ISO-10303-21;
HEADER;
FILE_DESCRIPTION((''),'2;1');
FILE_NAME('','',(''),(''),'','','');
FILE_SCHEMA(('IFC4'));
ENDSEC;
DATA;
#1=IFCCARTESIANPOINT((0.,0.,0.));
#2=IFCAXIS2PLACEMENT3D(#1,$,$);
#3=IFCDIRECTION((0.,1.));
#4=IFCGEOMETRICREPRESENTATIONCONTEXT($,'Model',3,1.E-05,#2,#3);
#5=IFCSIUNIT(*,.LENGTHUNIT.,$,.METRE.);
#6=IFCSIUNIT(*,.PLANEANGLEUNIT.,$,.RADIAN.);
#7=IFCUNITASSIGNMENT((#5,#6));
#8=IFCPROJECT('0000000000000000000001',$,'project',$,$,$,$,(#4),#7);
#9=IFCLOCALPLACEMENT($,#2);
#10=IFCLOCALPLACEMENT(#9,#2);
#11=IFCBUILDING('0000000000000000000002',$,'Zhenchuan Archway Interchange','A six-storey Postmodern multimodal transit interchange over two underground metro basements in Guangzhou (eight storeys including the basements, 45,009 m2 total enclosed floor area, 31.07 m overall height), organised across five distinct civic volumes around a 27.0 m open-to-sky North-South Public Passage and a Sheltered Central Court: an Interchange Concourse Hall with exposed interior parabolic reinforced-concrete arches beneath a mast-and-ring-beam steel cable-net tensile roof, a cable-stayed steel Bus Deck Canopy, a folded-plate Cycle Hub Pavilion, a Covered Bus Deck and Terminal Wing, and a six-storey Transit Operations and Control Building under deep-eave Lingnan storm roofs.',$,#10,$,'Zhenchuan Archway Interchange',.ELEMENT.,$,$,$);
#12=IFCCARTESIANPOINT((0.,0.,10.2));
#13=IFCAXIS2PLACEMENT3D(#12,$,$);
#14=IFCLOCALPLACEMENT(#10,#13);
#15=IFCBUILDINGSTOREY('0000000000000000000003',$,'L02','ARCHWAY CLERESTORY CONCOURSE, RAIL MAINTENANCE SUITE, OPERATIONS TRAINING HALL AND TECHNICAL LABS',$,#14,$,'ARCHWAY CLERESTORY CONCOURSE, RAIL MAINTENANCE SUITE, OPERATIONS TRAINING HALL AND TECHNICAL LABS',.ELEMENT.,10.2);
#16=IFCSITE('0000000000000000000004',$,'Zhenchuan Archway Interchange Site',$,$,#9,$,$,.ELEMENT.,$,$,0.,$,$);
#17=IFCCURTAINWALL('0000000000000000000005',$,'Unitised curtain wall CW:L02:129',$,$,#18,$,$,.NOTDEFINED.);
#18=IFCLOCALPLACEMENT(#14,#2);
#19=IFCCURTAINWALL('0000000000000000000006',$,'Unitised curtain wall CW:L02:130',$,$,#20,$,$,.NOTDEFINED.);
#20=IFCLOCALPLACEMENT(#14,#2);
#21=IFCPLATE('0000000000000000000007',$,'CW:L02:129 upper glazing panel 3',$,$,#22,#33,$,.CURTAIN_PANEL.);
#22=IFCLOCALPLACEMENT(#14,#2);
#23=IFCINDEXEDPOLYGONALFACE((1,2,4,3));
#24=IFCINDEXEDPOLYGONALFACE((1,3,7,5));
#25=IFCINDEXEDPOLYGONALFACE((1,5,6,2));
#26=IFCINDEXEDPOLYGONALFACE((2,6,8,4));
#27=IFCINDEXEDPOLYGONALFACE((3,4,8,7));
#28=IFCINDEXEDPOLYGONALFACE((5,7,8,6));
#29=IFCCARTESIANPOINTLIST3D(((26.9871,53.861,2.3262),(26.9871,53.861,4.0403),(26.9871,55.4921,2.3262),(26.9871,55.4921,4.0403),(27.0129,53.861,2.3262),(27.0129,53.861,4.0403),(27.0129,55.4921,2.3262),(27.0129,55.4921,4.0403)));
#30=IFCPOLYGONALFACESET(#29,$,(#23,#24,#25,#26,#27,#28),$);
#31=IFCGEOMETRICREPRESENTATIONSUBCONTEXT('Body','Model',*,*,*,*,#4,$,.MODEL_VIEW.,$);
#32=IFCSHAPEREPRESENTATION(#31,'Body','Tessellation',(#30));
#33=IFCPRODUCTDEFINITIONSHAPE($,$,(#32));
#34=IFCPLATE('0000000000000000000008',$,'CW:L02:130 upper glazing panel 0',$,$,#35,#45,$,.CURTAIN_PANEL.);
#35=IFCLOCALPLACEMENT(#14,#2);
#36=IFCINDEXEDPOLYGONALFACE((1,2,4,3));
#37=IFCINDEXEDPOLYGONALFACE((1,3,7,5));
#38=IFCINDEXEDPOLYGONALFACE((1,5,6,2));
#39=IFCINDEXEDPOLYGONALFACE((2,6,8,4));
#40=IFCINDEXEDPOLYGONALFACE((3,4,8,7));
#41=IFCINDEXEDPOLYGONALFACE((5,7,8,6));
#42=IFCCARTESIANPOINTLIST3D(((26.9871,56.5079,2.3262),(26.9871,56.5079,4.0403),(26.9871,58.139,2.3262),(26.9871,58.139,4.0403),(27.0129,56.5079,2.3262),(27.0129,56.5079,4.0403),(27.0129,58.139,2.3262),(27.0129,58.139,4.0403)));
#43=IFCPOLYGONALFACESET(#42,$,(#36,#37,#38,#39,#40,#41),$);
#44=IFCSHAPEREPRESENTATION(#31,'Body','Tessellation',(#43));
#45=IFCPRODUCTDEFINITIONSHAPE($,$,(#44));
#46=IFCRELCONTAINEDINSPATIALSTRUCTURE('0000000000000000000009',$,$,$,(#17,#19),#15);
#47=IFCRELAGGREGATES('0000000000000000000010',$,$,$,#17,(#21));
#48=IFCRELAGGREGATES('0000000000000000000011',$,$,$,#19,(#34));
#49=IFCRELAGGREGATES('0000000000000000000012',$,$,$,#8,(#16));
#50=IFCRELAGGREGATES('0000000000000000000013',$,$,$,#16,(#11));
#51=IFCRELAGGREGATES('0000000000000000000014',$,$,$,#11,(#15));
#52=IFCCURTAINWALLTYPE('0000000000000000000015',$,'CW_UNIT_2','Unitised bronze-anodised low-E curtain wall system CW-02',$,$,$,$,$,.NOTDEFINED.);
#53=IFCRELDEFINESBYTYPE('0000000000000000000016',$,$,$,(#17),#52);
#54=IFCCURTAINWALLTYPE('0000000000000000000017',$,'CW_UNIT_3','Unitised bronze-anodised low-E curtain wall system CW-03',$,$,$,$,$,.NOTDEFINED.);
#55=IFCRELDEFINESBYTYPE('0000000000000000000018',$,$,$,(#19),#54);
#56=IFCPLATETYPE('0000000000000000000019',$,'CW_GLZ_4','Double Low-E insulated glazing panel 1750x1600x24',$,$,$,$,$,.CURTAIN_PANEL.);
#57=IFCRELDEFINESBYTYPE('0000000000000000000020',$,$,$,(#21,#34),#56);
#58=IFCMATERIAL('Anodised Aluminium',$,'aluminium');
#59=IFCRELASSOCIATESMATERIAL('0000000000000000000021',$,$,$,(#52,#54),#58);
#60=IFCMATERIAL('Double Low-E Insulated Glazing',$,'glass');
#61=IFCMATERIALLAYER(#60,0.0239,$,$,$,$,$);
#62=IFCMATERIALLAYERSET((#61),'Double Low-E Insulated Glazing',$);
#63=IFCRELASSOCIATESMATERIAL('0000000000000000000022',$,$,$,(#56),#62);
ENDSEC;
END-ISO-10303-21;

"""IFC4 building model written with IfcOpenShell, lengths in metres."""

from ifc_helpers import new_model, si_unit, direction, frame, origin, origin_2d, place, context, subcontext, project, spatial, rectangle, extrude, material, layer, layer_set, type_object, element, aggregate, save


model = new_model("IFC4")

# Units and contexts
model_context = context("Model", 3, precision=1e-05, world=origin(), true_north=direction((0.0, 1.0)))
body_context = subcontext(model_context, "Body", "Model", "MODEL_VIEW")
ifc_project = project(units=[si_unit("LENGTHUNIT", "METRE"), si_unit("PLANEANGLEUNIT", "RADIAN")], contexts=[model_context])

# Site, building, storey
site_placement = place(None, origin())
site = spatial("IfcSite", under=ifc_project, at=site_placement, Name="Zhenchuan Archway Interchange Site", CompositionType="ELEMENT", RefElevation=0.0)
building_placement = place(site_placement, origin())
building = spatial("IfcBuilding", under=site, at=building_placement, Name="Zhenchuan Archway Interchange", Description="A six-storey Postmodern multimodal transit interchange over two underground metro basements in Guangzhou (eight storeys including the basements, 45,009 m2 total enclosed floor area, 31.07 m overall height), organised across five distinct civic volumes around a 27.0 m open-to-sky North-South Public Passage and a Sheltered Central Court: an Interchange Concourse Hall with exposed interior parabolic reinforced-concrete arches beneath a mast-and-ring-beam steel cable-net tensile roof, a cable-stayed steel Bus Deck Canopy, a folded-plate Cycle Hub Pavilion, a Covered Bus Deck and Terminal Wing, and a six-storey Transit Operations and Control Building under deep-eave Lingnan storm roofs.", LongName="Zhenchuan Archway Interchange", CompositionType="ELEMENT")
storey_placement = place(building_placement, frame((0.0, 0.0, 10.2)))
storey = spatial("IfcBuildingStorey", under=building, at=storey_placement, Name="L02", Description="ARCHWAY CLERESTORY CONCOURSE, RAIL MAINTENANCE SUITE, OPERATIONS TRAINING HALL AND TECHNICAL LABS", LongName="ARCHWAY CLERESTORY CONCOURSE, RAIL MAINTENANCE SUITE, OPERATIONS TRAINING HALL AND TECHNICAL LABS", CompositionType="ELEMENT", Elevation=10.2)

# Curtain wall
ifc_material_1 = material(Name="Anodised Aluminium", Category="aluminium")
curtain_wall_type_1 = type_object("IfcCurtainWallType", Name="CW_UNIT_2", Description="Unitised bronze-anodised low-E curtain wall system CW-02", PredefinedType="NOTDEFINED", material=ifc_material_1)
curtain_wall_1_placement = place(storey_placement, origin())
curtain_wall_1 = element("IfcCurtainWall", 1, at=curtain_wall_1_placement, inside=storey, type_object=curtain_wall_type_1, Name="Unitised curtain wall CW:L02:129", PredefinedType="NOTDEFINED")

# Curtain wall
curtain_wall_type_2 = type_object("IfcCurtainWallType", Name="CW_UNIT_3", Description="Unitised bronze-anodised low-E curtain wall system CW-03", PredefinedType="NOTDEFINED", material=ifc_material_1)
curtain_wall_2_placement = place(storey_placement, origin())
curtain_wall_2 = element("IfcCurtainWall", 2, at=curtain_wall_2_placement, inside=storey, type_object=curtain_wall_type_2, Name="Unitised curtain wall CW:L02:130", PredefinedType="NOTDEFINED")

# Plates
ifc_material_2 = material(Name="Double Low-E Insulated Glazing", Category="glass")
ifc_layer_1 = layer(ifc_material_2, 0.0239)
ifc_layer_set_1 = layer_set([ifc_layer_1], Name="Double Low-E Insulated Glazing")
plate_type_1 = type_object("IfcPlateType", Name="CW_GLZ_4", Description="Double Low-E insulated glazing panel 1750x1600x24", PredefinedType="CURTAIN_PANEL", material=ifc_layer_set_1)
plate_1_placement = place(storey_placement, frame((27.0, 54.6765, 2.3262), z_axis=(0.0, 0.0, 1.0), x_axis=(0.0, 1.0, 0.0)))
plate_1 = element("IfcPlate", 3, at=plate_1_placement, type_object=plate_type_1, Name="CW:L02:129 upper glazing panel 3", PredefinedType="CURTAIN_PANEL", context=body_context, shape_type="SweptSolid", body=[
    extrude(rectangle(XDim=1.6311, YDim=0.0259, at=origin_2d()), origin(), (0.0, 0.0, 1.0), 1.7141),
])
aggregate(curtain_wall_1, [plate_1])
plate_2_placement = place(storey_placement, frame((27.0, 57.3235, 2.3262), z_axis=(0.0, 0.0, 1.0), x_axis=(0.0, 1.0, 0.0)))
plate_2 = element("IfcPlate", 4, at=plate_2_placement, type_object=plate_type_1, Name="CW:L02:130 upper glazing panel 0", PredefinedType="CURTAIN_PANEL", context=body_context, shape_type="SweptSolid", body=[
    extrude(rectangle(XDim=1.6311, YDim=0.0259, at=origin_2d()), origin(), (0.0, 0.0, 1.0), 1.7141),
])
aggregate(curtain_wall_2, [plate_2])

save(model, "model.ifc")
